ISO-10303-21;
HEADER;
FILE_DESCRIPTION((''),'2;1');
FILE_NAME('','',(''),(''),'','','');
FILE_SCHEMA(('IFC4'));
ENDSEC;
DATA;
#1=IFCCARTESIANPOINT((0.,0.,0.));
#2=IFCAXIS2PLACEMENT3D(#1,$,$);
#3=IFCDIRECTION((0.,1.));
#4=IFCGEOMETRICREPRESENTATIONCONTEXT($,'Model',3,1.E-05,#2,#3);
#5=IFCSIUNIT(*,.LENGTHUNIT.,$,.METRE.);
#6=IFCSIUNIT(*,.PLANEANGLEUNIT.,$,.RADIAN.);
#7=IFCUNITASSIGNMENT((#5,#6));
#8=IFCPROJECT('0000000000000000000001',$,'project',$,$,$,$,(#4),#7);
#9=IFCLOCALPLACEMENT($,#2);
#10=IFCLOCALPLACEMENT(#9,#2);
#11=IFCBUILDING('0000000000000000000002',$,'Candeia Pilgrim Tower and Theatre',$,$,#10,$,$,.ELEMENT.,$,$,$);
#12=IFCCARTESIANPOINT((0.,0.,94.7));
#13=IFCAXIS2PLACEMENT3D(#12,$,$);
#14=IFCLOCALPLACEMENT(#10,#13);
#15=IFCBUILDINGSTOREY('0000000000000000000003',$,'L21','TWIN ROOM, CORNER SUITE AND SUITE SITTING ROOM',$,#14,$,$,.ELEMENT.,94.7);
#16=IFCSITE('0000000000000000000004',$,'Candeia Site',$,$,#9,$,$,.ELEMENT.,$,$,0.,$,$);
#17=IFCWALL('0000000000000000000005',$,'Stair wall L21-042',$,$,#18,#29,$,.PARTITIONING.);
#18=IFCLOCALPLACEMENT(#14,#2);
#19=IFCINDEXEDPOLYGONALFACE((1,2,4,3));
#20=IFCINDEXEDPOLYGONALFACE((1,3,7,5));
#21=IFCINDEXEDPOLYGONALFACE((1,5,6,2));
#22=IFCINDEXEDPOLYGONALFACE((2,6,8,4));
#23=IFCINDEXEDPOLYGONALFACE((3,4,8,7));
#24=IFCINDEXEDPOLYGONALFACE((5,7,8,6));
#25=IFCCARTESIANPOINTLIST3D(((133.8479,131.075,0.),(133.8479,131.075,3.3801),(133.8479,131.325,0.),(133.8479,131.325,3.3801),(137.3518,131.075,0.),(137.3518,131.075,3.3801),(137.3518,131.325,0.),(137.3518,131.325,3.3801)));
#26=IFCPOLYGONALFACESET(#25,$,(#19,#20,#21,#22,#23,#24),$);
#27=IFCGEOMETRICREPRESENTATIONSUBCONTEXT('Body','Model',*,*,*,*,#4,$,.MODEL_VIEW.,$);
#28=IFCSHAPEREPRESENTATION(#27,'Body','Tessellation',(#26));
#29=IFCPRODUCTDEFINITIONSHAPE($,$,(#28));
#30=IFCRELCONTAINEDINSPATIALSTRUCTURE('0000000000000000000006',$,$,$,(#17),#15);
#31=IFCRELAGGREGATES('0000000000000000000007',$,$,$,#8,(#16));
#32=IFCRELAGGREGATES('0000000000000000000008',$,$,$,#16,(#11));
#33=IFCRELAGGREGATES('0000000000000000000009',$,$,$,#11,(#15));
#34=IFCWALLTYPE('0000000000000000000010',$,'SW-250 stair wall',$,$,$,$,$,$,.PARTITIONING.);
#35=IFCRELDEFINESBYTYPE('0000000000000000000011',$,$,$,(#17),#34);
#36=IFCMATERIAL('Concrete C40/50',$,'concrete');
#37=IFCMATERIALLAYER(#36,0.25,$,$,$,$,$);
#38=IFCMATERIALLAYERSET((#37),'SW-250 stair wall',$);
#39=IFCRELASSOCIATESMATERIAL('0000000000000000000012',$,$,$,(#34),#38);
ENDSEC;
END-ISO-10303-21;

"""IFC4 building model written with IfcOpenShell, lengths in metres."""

from ifc_helpers import new_model, si_unit, direction, frame, frame_2d, origin, place, context, subcontext, project, spatial, rectangle, extrude, material, layer, layer_set, type_object, element, save


model = new_model("IFC4")

# Units and contexts
model_context = context("Model", 3, precision=1e-05, world=origin(), true_north=direction((0.0, 1.0)))
body_context = subcontext(model_context, "Body", "Model", "MODEL_VIEW")
ifc_project = project(units=[si_unit("LENGTHUNIT", "METRE"), si_unit("PLANEANGLEUNIT", "RADIAN")], contexts=[model_context])

# Site, building, storey
site_placement = place(None, origin())
site = spatial("IfcSite", under=ifc_project, at=site_placement, Name="Candeia Site", CompositionType="ELEMENT", RefElevation=0.0)
building_placement = place(site_placement, origin())
building = spatial("IfcBuilding", under=site, at=building_placement, Name="Candeia Pilgrim Tower and Theatre", CompositionType="ELEMENT")
storey_placement = place(building_placement, frame((0.0, 0.0, 94.7)))
storey = spatial("IfcBuildingStorey", under=building, at=storey_placement, Name="L21", Description="TWIN ROOM, CORNER SUITE AND SUITE SITTING ROOM", CompositionType="ELEMENT", Elevation=94.7)

# Shared definitions
ifc_material_1 = material(Name="Concrete C40/50", Category="concrete")

# Wall
ifc_layer_1 = layer(ifc_material_1, 0.25)
ifc_layer_set_1 = layer_set([ifc_layer_1], Name="SW-250 stair wall")
wall_type_1 = type_object("IfcWallType", Name="SW-250 stair wall", PredefinedType="PARTITIONING", material=ifc_layer_set_1)
wall_1_placement = place(storey_placement, frame((133.8479, 131.2, 0.0), z_axis=(0.0, 0.0, 1.0), x_axis=(1.0, 0.0, 0.0)))
element("IfcWall", 1, at=wall_1_placement, inside=storey, type_object=wall_type_1, Name="Stair wall L21-042", PredefinedType="PARTITIONING", context=body_context, shape_type="SweptSolid", body=[
    extrude(rectangle(XDim=3.5039, YDim=0.25, at=frame_2d((1.752, 0.0))), origin(), (0.0, 0.0, 1.0), 3.3801),
])

save(model, "model.ifc")
